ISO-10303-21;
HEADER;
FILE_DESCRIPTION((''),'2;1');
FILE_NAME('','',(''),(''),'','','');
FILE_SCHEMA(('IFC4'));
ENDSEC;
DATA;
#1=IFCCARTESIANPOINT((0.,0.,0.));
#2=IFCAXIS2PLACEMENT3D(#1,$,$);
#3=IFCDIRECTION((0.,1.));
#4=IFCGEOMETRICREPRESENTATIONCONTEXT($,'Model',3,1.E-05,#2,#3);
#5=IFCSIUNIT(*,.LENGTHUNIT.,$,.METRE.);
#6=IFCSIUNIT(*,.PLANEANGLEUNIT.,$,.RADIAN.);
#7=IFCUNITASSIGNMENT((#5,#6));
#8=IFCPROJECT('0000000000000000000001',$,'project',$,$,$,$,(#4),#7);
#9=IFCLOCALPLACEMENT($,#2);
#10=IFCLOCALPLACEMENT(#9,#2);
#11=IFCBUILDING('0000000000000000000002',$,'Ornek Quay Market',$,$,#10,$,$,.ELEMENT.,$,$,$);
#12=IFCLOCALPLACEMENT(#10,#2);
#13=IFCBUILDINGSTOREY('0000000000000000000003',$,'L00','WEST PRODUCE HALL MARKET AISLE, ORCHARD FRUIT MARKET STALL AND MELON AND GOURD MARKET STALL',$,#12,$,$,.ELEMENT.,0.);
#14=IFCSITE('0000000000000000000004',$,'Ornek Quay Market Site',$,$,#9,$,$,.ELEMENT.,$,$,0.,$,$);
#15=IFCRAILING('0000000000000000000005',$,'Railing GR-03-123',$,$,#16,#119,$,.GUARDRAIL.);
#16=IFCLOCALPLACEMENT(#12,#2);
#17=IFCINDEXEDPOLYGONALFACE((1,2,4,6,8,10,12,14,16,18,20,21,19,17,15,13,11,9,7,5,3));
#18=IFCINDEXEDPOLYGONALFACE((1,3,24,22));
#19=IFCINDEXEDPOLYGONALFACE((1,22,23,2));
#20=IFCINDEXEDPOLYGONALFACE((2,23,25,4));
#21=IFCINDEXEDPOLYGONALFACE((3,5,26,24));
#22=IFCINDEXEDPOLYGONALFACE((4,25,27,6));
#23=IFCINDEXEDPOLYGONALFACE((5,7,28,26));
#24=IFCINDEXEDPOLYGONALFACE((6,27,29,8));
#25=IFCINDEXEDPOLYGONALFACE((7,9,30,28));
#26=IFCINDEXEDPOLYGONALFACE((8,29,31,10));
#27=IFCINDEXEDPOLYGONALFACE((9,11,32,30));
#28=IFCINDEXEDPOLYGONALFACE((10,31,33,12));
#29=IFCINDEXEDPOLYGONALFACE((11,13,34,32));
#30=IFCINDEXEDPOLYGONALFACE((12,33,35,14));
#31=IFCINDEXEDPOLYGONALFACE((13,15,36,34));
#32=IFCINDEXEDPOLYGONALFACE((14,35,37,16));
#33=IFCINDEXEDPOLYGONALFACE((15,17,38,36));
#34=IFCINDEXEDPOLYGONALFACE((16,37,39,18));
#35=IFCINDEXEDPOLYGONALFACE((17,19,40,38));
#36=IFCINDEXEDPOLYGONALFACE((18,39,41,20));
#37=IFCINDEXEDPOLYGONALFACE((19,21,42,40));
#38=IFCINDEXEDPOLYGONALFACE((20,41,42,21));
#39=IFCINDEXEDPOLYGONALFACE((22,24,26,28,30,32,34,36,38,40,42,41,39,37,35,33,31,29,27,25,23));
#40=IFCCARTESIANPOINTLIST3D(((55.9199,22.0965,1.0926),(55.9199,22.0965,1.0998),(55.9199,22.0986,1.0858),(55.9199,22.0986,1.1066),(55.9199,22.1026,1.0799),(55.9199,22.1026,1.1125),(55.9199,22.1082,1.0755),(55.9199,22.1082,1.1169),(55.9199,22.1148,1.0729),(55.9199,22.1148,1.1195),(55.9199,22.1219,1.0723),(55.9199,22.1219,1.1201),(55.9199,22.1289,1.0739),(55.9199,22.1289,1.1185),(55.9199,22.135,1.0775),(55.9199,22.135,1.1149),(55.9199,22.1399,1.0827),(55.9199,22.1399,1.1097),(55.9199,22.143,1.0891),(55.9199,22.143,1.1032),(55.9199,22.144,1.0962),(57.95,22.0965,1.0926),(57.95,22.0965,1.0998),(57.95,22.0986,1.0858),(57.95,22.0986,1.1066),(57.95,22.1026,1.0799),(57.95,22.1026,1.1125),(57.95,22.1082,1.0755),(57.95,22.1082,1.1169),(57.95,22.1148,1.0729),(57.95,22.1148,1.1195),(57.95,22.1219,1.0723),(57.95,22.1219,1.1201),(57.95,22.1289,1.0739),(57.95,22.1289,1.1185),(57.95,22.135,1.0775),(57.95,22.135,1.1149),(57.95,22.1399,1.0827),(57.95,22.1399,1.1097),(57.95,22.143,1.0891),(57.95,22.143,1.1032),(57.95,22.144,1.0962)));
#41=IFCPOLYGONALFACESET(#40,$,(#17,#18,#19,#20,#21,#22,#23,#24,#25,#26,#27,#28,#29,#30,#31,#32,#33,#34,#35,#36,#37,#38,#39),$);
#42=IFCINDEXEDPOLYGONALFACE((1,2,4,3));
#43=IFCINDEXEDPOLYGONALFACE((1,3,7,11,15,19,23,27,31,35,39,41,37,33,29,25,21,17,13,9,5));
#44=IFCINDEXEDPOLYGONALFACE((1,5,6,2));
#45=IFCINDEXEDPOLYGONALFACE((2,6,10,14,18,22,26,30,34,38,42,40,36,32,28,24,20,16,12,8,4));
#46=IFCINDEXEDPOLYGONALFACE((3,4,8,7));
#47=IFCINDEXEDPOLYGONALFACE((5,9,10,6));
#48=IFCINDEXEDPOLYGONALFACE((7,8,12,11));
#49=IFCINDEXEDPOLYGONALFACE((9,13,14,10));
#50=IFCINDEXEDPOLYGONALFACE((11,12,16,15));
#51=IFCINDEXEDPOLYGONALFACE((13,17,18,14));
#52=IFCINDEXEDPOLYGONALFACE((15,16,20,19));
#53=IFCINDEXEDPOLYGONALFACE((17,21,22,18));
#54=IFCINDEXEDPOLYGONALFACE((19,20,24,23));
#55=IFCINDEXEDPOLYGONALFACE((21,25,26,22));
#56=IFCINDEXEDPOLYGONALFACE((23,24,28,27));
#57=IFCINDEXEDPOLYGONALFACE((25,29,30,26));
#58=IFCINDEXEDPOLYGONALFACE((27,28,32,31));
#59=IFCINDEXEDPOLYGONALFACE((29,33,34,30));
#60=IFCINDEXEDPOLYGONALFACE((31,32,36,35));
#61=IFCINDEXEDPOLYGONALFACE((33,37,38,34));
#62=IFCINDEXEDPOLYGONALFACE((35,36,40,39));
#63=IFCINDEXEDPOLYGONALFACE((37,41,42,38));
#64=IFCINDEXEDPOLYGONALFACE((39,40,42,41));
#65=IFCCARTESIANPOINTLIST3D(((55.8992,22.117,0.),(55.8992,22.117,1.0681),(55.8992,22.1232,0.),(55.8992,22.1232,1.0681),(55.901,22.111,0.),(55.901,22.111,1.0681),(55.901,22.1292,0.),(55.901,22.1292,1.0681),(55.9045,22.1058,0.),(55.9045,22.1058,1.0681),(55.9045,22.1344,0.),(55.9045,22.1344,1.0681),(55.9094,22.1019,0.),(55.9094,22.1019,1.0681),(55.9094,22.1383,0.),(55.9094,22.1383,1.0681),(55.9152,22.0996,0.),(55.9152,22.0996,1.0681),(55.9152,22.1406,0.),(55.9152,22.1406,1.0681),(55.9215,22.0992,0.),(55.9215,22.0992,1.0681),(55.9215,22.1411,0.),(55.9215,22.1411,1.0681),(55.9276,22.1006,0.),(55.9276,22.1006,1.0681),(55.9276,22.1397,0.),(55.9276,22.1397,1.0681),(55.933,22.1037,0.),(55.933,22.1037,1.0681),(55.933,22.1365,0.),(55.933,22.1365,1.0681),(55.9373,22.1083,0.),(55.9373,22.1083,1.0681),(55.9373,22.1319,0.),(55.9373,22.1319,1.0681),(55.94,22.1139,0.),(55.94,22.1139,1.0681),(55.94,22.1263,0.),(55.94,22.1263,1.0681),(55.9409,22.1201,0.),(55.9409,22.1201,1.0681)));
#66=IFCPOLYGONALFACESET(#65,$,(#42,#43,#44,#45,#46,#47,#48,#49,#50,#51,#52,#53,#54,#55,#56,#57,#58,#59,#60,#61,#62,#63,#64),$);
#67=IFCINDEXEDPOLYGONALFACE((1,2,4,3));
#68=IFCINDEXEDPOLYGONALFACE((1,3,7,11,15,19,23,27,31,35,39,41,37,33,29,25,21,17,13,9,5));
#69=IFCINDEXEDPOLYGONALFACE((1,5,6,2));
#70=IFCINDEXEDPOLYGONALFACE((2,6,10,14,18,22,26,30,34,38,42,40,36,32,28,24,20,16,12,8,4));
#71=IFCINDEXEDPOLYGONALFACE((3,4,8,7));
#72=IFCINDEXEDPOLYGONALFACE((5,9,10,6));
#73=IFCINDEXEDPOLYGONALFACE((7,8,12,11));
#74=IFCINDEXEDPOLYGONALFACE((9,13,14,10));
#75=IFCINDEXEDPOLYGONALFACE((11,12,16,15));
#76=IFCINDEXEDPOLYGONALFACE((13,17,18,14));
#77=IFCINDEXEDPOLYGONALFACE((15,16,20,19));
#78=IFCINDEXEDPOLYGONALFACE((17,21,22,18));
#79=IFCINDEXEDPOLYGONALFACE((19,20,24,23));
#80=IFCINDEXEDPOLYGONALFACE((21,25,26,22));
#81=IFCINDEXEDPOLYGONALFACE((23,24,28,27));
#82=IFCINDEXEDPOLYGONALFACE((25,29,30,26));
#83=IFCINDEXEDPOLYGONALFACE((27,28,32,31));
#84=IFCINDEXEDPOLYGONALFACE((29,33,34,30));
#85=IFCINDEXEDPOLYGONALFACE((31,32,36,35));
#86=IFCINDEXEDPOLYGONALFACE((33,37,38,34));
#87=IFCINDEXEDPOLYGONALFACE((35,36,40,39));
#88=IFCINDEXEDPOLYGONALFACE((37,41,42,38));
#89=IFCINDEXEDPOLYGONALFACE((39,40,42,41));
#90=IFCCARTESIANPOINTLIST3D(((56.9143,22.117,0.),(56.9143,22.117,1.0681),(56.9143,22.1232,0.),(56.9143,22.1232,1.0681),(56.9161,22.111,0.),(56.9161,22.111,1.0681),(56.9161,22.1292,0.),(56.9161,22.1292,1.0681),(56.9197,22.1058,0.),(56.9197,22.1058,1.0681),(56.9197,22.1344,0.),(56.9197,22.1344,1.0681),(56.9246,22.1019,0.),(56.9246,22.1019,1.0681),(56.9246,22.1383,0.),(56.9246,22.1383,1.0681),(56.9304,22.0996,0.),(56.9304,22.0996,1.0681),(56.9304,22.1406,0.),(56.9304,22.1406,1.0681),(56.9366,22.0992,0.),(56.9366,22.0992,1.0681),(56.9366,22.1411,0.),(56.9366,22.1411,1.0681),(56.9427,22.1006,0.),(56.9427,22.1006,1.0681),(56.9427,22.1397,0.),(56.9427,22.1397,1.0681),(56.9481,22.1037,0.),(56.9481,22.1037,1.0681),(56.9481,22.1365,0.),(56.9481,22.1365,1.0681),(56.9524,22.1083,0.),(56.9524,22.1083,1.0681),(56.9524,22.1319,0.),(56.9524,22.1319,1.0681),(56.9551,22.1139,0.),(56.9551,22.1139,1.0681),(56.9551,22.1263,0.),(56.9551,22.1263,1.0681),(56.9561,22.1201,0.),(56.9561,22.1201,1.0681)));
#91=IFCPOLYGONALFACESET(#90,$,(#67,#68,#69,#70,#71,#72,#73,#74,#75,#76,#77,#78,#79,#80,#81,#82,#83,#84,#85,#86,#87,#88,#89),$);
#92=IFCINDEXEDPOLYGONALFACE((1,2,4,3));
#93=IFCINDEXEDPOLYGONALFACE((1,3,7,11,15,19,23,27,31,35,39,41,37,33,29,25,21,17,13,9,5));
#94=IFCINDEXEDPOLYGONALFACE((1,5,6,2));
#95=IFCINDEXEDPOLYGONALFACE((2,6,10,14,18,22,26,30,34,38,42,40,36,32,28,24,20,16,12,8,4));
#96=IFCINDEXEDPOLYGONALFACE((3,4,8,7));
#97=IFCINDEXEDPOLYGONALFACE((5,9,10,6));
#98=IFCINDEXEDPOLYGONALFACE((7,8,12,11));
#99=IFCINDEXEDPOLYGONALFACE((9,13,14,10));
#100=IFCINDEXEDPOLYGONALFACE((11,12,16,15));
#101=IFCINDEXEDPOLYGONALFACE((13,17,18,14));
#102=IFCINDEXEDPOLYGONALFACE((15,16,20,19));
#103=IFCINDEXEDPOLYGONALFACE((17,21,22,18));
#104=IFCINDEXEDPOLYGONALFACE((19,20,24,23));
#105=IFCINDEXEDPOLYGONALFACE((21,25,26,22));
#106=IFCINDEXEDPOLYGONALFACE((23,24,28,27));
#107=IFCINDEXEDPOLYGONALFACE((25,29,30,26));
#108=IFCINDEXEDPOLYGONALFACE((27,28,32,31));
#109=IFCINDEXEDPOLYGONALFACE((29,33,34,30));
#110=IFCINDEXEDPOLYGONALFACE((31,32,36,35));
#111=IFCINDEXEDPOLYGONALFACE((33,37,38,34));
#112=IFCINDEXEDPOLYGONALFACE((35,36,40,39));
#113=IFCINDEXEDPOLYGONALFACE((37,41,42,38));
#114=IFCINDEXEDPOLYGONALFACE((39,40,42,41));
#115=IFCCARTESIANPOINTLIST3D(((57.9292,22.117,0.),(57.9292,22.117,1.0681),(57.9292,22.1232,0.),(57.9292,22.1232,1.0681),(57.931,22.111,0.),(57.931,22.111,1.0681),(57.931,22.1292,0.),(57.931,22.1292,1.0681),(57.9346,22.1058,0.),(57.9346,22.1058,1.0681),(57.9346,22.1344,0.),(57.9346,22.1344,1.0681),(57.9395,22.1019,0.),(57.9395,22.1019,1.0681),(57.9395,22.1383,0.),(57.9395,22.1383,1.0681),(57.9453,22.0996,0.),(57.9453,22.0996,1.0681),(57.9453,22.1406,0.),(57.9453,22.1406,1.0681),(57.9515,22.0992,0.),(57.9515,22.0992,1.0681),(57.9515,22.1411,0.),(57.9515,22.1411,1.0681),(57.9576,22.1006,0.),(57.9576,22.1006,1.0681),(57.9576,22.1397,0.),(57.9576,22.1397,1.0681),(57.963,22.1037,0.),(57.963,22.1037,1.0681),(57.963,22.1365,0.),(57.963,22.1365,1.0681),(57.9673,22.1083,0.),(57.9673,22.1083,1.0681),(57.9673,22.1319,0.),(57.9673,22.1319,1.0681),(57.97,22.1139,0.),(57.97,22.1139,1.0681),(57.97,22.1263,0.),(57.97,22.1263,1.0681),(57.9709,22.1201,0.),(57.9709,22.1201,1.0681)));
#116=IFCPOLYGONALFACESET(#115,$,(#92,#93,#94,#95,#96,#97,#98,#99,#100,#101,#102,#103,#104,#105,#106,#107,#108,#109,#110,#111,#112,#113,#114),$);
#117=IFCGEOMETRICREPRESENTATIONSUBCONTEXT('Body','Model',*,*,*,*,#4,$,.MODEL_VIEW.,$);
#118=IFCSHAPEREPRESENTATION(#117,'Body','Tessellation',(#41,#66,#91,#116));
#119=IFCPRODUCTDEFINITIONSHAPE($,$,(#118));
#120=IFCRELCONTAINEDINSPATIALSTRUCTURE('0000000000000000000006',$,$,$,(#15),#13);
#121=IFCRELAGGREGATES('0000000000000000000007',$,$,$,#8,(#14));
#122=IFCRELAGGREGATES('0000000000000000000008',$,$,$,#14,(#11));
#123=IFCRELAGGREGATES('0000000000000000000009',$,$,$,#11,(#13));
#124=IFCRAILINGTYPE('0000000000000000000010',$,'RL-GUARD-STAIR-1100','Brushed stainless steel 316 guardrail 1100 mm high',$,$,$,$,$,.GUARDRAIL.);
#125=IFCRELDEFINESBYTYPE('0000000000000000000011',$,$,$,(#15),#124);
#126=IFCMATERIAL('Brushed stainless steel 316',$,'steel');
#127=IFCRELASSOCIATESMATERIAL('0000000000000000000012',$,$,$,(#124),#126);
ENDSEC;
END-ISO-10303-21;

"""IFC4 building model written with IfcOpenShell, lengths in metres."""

from ifc_helpers import new_model, si_unit, direction, frame, origin, origin_2d, place, context, subcontext, project, spatial, circle, extrude, material, type_object, element, save


model = new_model("IFC4")

# Units and contexts
model_context = context("Model", 3, precision=1e-05, world=origin(), true_north=direction((0.0, 1.0)))
body_context = subcontext(model_context, "Body", "Model", "MODEL_VIEW")
ifc_project = project(units=[si_unit("LENGTHUNIT", "METRE"), si_unit("PLANEANGLEUNIT", "RADIAN")], contexts=[model_context])

# Site, building, storey
site_placement = place(None, origin())
site = spatial("IfcSite", under=ifc_project, at=site_placement, Name="Ornek Quay Market Site", CompositionType="ELEMENT", RefElevation=0.0)
building_placement = place(site_placement, origin())
building = spatial("IfcBuilding", under=site, at=building_placement, Name="Ornek Quay Market", CompositionType="ELEMENT")
storey_placement = place(building_placement, origin())
storey = spatial("IfcBuildingStorey", under=building, at=storey_placement, Name="L00", Description="WEST PRODUCE HALL MARKET AISLE, ORCHARD FRUIT MARKET STALL AND MELON AND GOURD MARKET STALL", CompositionType="ELEMENT", Elevation=0.0)

# Railing
ifc_material_1 = material(Name="Brushed stainless steel 316", Category="steel")
railing_type = type_object("IfcRailingType", Name="RL-GUARD-STAIR-1100", Description="Brushed stainless steel 316 guardrail 1100 mm high", PredefinedType="GUARDRAIL", material=ifc_material_1)
railing_placement = place(storey_placement, frame((55.9199, 22.1201, 0.0)))
element("IfcRailing", 1, at=railing_placement, inside=storey, type_object=railing_type, Name="Railing GR-03-123", PredefinedType="GUARDRAIL", context=body_context, shape_type="SweptSolid", body=[
    extrude(circle(Radius=0.0239, at=origin_2d()), frame((0.0, 0.0, 1.0962), z_axis=(1.0, 0.0, 0.0), x_axis=(0.0, 1.0, 0.0)), (0.0, 0.0, 1.0), 2.03),
    extrude(circle(Radius=0.021, at=origin_2d()), origin(), (0.0, 0.0, 1.0), 1.0681),
    extrude(circle(Radius=0.021, at=origin_2d()), frame((1.0151, 0.0, 0.0)), (0.0, 0.0, 1.0), 1.0681),
    extrude(circle(Radius=0.021, at=origin_2d()), frame((2.03, 0.0, 0.0)), (0.0, 0.0, 1.0), 1.0681),
])

save(model, "model.ifc")
